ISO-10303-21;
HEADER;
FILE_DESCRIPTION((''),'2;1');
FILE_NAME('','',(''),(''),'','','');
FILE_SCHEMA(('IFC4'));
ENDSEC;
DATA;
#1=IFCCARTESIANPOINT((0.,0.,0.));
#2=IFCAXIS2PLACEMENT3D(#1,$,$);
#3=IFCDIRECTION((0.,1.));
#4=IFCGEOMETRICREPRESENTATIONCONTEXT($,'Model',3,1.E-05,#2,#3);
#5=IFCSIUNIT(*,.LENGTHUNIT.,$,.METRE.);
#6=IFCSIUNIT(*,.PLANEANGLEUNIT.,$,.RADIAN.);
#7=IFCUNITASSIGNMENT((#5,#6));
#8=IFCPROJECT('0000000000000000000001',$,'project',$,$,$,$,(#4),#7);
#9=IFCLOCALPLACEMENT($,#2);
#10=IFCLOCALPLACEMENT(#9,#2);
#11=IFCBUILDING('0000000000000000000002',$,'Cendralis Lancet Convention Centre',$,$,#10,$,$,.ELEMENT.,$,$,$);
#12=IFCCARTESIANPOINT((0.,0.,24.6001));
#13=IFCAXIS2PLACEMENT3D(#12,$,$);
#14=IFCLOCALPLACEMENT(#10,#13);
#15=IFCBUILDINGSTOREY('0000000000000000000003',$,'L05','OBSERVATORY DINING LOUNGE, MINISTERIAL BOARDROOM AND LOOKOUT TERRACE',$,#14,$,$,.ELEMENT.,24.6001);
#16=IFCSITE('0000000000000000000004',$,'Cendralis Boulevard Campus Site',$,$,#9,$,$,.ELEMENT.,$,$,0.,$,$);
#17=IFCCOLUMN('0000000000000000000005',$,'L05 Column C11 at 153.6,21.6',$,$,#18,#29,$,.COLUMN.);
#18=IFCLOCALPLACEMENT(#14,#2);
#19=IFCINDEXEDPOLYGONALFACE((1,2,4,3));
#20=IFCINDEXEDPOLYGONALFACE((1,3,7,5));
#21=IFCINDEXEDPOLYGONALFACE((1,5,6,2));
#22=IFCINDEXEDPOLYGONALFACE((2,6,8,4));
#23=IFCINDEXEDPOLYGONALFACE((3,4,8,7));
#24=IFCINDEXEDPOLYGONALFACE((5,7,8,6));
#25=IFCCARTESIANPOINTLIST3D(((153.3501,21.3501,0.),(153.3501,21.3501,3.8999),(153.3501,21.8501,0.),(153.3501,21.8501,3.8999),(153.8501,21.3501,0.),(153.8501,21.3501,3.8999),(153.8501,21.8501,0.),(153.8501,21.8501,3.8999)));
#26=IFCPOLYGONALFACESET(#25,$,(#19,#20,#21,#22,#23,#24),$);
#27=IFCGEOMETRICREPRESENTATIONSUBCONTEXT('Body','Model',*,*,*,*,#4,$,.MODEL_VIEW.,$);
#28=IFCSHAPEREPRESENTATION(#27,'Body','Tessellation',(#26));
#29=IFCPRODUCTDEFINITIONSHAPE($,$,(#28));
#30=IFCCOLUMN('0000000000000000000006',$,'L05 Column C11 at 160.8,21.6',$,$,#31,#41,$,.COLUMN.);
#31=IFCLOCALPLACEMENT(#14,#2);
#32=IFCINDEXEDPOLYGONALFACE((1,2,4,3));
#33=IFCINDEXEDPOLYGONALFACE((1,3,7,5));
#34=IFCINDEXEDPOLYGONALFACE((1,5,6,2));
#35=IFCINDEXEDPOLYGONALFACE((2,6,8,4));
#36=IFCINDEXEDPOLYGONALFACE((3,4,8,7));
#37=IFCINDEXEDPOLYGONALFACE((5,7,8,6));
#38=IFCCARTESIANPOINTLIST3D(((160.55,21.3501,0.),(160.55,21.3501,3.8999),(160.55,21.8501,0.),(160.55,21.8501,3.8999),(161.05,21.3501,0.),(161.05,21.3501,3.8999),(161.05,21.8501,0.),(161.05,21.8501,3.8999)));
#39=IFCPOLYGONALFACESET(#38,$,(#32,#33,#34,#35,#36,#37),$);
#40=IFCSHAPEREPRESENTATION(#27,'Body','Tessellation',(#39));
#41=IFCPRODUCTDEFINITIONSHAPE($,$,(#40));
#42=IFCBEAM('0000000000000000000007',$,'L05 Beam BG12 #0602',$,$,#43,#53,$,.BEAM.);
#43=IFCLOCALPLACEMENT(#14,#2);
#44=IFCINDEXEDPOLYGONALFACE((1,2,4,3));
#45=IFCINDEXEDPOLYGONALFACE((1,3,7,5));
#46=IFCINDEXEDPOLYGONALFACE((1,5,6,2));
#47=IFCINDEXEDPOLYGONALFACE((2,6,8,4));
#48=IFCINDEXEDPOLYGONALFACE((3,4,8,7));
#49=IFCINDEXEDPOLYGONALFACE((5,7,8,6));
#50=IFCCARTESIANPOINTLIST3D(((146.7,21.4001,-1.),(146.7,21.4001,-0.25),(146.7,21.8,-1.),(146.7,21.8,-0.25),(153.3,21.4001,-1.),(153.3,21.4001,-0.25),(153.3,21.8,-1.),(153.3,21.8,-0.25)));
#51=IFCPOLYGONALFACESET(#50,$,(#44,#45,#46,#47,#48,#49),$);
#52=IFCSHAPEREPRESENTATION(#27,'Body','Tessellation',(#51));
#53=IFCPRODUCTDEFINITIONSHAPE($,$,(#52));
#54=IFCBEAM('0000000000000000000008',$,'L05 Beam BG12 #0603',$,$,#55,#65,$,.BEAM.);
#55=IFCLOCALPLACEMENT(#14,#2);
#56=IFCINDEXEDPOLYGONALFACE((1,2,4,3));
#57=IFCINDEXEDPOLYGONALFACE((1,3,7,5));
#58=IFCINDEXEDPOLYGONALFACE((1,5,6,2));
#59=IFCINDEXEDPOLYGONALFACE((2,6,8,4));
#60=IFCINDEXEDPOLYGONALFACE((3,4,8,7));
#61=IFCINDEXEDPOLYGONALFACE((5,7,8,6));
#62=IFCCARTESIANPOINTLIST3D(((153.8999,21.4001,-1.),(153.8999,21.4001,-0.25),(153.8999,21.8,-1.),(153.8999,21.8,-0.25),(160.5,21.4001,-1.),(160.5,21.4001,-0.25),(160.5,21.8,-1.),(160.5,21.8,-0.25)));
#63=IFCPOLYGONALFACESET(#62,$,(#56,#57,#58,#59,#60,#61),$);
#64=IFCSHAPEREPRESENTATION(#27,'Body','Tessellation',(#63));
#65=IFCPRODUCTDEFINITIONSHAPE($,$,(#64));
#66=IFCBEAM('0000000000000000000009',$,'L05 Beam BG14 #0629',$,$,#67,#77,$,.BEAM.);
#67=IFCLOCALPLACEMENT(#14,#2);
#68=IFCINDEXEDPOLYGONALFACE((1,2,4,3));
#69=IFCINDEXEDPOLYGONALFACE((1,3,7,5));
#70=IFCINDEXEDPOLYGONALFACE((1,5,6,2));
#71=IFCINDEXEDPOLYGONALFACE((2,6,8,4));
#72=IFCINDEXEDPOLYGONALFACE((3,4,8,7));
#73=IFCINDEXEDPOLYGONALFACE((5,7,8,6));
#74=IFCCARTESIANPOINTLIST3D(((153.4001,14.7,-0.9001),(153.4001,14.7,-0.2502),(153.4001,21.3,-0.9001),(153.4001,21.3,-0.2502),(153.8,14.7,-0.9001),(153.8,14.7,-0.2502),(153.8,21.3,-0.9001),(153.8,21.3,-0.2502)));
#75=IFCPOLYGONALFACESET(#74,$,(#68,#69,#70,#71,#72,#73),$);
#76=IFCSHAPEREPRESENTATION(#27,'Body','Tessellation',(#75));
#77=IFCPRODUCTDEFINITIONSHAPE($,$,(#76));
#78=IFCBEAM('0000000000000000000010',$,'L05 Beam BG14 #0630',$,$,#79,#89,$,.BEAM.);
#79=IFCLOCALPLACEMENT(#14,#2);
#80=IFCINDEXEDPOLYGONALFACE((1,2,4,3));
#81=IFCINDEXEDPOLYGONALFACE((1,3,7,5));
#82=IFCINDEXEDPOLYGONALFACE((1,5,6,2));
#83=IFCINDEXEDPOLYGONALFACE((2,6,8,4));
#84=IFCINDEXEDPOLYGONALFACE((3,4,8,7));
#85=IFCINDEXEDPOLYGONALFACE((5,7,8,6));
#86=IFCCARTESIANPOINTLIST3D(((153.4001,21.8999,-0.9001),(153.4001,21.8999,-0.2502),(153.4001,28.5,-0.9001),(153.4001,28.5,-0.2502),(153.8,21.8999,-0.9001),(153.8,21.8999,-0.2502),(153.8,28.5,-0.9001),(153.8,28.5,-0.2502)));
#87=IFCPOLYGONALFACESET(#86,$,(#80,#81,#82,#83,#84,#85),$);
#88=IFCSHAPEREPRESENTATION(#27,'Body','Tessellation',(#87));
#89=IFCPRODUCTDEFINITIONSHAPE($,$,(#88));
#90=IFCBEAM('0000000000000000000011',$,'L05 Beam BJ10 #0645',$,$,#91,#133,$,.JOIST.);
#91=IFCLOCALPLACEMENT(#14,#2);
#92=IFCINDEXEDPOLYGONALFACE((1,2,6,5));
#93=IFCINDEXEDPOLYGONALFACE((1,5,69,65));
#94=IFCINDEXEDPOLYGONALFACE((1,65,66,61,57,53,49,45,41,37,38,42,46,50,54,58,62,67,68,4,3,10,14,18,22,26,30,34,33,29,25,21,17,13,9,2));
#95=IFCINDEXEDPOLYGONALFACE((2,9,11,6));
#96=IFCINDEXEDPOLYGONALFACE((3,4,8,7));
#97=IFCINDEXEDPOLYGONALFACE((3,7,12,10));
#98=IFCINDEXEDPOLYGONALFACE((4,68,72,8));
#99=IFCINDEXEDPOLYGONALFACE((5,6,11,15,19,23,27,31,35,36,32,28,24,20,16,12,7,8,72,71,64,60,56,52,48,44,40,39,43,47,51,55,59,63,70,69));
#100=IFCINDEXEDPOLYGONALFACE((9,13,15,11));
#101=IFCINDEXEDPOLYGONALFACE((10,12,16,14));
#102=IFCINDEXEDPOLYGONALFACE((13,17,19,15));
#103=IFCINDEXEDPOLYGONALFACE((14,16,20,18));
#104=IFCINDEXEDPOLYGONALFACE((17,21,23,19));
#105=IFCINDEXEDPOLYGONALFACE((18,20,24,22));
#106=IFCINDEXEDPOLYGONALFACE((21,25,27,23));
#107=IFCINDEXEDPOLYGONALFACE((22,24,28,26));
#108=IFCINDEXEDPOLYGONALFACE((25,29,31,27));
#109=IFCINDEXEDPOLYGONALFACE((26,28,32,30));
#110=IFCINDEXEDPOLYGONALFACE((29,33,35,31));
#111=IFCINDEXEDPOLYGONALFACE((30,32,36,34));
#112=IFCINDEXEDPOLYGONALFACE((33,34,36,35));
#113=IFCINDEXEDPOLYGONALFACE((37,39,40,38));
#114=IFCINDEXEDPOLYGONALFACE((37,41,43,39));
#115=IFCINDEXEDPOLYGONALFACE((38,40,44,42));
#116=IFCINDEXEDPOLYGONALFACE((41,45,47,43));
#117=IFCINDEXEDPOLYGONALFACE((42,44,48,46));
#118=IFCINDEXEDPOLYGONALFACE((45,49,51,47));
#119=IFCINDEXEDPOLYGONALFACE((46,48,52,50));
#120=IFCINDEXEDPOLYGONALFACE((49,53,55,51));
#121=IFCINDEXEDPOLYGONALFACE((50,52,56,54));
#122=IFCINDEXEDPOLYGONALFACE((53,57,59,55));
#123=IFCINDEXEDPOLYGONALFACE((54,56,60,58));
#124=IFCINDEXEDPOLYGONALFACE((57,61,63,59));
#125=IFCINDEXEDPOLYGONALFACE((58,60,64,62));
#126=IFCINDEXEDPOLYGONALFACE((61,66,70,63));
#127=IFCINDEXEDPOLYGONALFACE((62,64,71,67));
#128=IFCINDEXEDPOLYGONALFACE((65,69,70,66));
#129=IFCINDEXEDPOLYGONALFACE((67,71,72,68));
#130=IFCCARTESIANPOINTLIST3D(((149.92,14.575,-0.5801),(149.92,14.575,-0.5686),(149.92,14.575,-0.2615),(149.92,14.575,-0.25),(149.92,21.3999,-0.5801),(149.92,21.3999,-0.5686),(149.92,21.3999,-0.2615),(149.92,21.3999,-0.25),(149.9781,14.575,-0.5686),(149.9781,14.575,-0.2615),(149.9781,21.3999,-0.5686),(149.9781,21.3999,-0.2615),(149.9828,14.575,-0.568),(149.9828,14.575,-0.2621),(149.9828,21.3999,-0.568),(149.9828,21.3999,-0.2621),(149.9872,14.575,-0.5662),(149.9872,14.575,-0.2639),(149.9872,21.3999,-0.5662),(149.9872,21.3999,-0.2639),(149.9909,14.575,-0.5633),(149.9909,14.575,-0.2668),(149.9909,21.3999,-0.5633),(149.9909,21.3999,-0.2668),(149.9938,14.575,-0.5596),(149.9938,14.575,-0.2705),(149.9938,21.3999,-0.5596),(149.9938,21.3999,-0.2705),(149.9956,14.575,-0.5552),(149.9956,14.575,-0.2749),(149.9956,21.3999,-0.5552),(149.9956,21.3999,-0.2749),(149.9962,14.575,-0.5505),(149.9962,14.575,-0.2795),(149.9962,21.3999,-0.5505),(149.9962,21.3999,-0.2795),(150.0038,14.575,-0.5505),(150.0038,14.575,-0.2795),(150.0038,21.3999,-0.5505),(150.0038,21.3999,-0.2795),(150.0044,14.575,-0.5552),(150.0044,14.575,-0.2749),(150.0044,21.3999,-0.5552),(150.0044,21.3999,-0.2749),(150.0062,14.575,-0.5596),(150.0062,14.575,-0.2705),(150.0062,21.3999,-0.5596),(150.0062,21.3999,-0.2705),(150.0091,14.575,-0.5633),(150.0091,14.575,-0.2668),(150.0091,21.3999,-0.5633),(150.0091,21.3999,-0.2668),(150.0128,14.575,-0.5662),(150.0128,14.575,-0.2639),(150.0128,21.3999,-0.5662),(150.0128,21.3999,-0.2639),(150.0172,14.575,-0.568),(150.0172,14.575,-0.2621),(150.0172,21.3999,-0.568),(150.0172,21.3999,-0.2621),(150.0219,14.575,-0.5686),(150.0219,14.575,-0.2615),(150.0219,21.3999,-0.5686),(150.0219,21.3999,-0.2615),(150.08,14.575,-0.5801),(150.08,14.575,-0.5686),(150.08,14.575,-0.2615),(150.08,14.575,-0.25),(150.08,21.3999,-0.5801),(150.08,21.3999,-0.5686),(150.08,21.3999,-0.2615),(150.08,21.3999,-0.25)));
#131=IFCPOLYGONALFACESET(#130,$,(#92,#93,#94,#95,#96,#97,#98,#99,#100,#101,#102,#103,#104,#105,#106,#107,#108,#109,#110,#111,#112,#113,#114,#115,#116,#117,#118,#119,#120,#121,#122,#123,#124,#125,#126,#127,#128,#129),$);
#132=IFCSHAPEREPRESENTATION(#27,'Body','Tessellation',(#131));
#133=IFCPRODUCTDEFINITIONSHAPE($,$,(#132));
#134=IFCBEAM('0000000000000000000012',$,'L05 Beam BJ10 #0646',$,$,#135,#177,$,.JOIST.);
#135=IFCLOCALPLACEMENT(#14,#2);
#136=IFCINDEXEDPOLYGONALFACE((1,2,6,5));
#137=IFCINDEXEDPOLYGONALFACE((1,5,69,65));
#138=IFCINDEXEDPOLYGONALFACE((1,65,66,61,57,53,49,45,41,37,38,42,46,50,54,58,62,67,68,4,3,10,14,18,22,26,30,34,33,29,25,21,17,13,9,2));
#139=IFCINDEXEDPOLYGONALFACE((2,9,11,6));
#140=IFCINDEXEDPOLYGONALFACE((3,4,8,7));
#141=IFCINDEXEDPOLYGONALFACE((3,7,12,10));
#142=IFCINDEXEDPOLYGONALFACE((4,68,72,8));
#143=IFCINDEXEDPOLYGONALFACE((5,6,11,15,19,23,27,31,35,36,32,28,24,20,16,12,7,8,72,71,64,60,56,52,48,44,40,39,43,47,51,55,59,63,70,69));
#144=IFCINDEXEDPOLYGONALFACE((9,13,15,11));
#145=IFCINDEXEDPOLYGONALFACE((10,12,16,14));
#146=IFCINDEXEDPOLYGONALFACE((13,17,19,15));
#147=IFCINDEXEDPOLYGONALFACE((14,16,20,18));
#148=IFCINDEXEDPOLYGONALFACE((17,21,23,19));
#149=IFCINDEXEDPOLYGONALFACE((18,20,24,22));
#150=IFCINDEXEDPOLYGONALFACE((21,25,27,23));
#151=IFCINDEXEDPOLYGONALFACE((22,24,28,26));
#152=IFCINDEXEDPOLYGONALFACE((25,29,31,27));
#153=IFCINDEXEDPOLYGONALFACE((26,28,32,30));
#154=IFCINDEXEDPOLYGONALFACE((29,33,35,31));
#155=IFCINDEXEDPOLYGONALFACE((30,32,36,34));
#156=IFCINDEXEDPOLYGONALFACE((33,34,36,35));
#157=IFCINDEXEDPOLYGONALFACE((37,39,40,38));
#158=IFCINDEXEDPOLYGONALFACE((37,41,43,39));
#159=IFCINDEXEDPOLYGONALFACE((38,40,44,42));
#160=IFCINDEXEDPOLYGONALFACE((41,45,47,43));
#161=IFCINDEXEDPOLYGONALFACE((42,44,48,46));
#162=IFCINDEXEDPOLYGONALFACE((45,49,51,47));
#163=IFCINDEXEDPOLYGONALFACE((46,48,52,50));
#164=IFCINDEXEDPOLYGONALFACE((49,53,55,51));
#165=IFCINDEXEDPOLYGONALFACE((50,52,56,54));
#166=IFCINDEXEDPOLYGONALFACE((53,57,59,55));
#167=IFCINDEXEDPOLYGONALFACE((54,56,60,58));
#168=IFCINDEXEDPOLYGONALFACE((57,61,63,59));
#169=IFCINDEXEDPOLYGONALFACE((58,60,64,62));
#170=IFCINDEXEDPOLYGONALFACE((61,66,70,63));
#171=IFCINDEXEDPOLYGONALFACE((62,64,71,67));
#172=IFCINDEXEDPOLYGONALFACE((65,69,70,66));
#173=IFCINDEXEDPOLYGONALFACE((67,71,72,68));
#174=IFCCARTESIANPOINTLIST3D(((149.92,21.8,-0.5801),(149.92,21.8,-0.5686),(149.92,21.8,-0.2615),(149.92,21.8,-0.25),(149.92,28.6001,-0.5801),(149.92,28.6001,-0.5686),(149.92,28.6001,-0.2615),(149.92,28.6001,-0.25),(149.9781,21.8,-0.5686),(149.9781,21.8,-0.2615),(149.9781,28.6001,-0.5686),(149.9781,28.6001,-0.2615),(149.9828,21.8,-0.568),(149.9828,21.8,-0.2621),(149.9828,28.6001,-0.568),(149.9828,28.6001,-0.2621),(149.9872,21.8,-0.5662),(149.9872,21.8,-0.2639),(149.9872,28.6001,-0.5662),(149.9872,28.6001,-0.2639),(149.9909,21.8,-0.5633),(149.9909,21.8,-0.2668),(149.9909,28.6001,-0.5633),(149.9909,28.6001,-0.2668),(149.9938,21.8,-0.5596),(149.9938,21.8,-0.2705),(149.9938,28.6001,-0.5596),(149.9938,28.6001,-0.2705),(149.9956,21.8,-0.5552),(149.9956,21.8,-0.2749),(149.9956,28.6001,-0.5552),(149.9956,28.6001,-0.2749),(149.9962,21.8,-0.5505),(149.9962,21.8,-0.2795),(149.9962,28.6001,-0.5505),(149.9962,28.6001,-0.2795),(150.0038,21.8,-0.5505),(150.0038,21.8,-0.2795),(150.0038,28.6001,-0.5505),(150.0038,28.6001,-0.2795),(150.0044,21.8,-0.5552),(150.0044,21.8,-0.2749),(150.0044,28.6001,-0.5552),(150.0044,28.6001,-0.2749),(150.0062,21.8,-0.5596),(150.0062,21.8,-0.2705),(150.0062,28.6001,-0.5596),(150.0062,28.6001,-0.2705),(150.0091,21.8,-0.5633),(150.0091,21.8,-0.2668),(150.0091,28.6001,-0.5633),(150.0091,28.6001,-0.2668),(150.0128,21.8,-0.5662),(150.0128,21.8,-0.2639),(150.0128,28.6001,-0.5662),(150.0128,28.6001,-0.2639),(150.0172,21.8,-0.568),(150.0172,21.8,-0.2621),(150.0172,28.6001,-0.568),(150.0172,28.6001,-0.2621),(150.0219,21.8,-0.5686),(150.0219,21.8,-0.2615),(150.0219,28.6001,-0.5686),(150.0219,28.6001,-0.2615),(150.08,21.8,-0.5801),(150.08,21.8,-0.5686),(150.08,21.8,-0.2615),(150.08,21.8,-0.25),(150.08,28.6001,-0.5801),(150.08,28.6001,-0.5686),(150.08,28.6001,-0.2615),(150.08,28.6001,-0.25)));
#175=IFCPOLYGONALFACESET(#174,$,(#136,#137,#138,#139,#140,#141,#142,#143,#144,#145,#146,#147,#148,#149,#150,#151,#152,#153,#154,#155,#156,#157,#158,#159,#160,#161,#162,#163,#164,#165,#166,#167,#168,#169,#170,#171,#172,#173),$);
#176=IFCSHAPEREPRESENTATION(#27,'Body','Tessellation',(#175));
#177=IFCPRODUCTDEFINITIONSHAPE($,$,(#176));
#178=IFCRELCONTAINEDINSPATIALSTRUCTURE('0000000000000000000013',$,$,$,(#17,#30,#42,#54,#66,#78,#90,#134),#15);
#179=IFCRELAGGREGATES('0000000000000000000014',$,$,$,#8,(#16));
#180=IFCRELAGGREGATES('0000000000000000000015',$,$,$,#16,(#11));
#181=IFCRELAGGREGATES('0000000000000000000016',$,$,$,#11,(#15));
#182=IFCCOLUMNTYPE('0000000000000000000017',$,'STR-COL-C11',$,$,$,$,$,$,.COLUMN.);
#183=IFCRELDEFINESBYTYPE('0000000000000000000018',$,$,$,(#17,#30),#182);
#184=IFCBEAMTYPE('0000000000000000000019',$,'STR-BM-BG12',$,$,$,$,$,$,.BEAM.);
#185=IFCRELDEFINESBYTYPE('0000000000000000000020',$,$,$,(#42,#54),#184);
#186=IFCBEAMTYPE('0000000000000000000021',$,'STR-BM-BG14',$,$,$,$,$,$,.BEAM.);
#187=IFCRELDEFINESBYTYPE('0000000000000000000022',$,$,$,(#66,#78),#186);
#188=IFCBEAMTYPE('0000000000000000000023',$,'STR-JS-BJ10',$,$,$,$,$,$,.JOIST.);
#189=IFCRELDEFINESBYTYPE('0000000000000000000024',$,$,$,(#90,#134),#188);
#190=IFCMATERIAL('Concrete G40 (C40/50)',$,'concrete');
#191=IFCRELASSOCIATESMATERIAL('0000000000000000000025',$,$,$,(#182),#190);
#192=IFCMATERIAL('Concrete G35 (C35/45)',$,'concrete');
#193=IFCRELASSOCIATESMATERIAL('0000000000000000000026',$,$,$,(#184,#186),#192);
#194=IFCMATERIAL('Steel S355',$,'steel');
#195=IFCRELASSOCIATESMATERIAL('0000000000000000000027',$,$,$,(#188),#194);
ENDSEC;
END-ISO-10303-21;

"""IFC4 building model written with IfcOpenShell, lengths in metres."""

from ifc_helpers import new_model, si_unit, direction, frame, origin, origin_2d, place, context, subcontext, project, spatial, rectangle, i_section, extrude, material, material_profile, profile_set, type_object, element, save


model = new_model("IFC4")

# Units and contexts
model_context = context("Model", 3, precision=1e-05, world=origin(), true_north=direction((0.0, 1.0)))
body_context = subcontext(model_context, "Body", "Model", "MODEL_VIEW")
ifc_project = project(units=[si_unit("LENGTHUNIT", "METRE"), si_unit("PLANEANGLEUNIT", "RADIAN")], contexts=[model_context])

# Site, building, storey
site_placement = place(None, origin())
site = spatial("IfcSite", under=ifc_project, at=site_placement, Name="Cendralis Boulevard Campus Site", CompositionType="ELEMENT", RefElevation=0.0)
building_placement = place(site_placement, origin())
building = spatial("IfcBuilding", under=site, at=building_placement, Name="Cendralis Lancet Convention Centre", CompositionType="ELEMENT")
storey_placement = place(building_placement, frame((0.0, 0.0, 24.6001)))
storey = spatial("IfcBuildingStorey", under=building, at=storey_placement, Name="L05", Description="OBSERVATORY DINING LOUNGE, MINISTERIAL BOARDROOM AND LOOKOUT TERRACE", CompositionType="ELEMENT", Elevation=24.6001)

# Columns
ifc_material_1 = material(Name="Concrete G40 (C40/50)", Category="concrete")
ifc_material_profile_1 = material_profile(ifc_material_1, rectangle(XDim=0.5, YDim=0.5, at=origin_2d()), Name="RC 500x500")
ifc_profile_set_1 = profile_set([ifc_material_profile_1], Name="Concrete G40 (C40/50)")
column_type = type_object("IfcColumnType", Name="STR-COL-C11", PredefinedType="COLUMN", material=ifc_profile_set_1)
for number, where, z_axis, x_axis, name in (
    (1, (153.6001, 21.6001, 0.0), (0.0, 0.0, 1.0), (1.0, 0.0, 0.0), "L05 Column C11 at 153.6,21.6"),
    (2, (160.8, 21.6001, 0.0), (0.0, 0.0, 1.0), (1.0, 0.0, 0.0), "L05 Column C11 at 160.8,21.6"),
):
    element("IfcColumn", number, at=place(storey_placement, frame(where, z_axis=z_axis, x_axis=x_axis)), inside=storey, type_object=column_type, Name=name, PredefinedType="COLUMN", context=body_context, shape_type="SweptSolid", body=[
        extrude(rectangle(XDim=0.5, YDim=0.5, at=origin_2d()), origin(), (0.0, 0.0, 1.0), 3.8999),
    ])

# Beams
ifc_material_2 = material(Name="Concrete G35 (C35/45)", Category="concrete")
ifc_material_profile_2 = material_profile(ifc_material_2, rectangle(XDim=0.3999, YDim=0.75, at=origin_2d()), Name="RCB 400x750")
ifc_profile_set_2 = profile_set([ifc_material_profile_2], Name="Concrete G35 (C35/45)")
beam_type_1 = type_object("IfcBeamType", Name="STR-BM-BG12", PredefinedType="BEAM", material=ifc_profile_set_2)
for number, where, z_axis, x_axis, name in (
    (3, (146.7, 21.6001, -0.625), (1.0, 0.0, 0.0), (0.0, 1.0, 0.0), "L05 Beam BG12 #0602"),
    (4, (153.8999, 21.6001, -0.625), (1.0, 0.0, 0.0), (0.0, 1.0, 0.0), "L05 Beam BG12 #0603"),
):
    element("IfcBeam", number, at=place(storey_placement, frame(where, z_axis=z_axis, x_axis=x_axis)), inside=storey, type_object=beam_type_1, Name=name, PredefinedType="BEAM", context=body_context, shape_type="SweptSolid", body=[
        extrude(rectangle(XDim=0.3999, YDim=0.75, at=origin_2d()), origin(), (0.0, 0.0, 1.0), 6.6001),
    ])
ifc_material_profile_3 = material_profile(ifc_material_2, rectangle(XDim=0.3999, YDim=0.6499, at=origin_2d()), Name="RCB 400x650")
ifc_profile_set_3 = profile_set([ifc_material_profile_3], Name="Concrete G35 (C35/45)")
beam_type_2 = type_object("IfcBeamType", Name="STR-BM-BG14", PredefinedType="BEAM", material=ifc_profile_set_3)
for number, where, z_axis, x_axis, name in (
    (5, (153.6001, 14.7, -0.5752), (0.0, 1.0, 0.0), (-1.0, 0.0, 0.0), "L05 Beam BG14 #0629"),
    (6, (153.6001, 21.8999, -0.5752), (0.0, 1.0, 0.0), (-1.0, 0.0, 0.0), "L05 Beam BG14 #0630"),
):
    element("IfcBeam", number, at=place(storey_placement, frame(where, z_axis=z_axis, x_axis=x_axis)), inside=storey, type_object=beam_type_2, Name=name, PredefinedType="BEAM", context=body_context, shape_type="SweptSolid", body=[
        extrude(rectangle(XDim=0.3999, YDim=0.6499, at=origin_2d()), origin(), (0.0, 0.0, 1.0), 6.6001),
    ])
ifc_material_3 = material(Name="Steel S355", Category="steel")
ifc_material_profile_4 = material_profile(ifc_material_3, i_section(OverallWidth=0.1599, OverallDepth=0.3301, WebThickness=0.0076, FlangeThickness=0.0115, FilletRadius=0.0181, at=origin_2d()), Name="IPE 330")
ifc_profile_set_4 = profile_set([ifc_material_profile_4], Name="Steel S355")
beam_type_3 = type_object("IfcBeamType", Name="STR-JS-BJ10", PredefinedType="JOIST", material=ifc_profile_set_4)
beam_1_placement = place(storey_placement, frame((150.0, 14.575, -0.415), z_axis=(0.0, 1.0, 0.0), x_axis=(-1.0, 0.0, 0.0)))
element("IfcBeam", 7, at=beam_1_placement, inside=storey, type_object=beam_type_3, Name="L05 Beam BJ10 #0645", PredefinedType="JOIST", context=body_context, shape_type="SweptSolid", body=[
    extrude(i_section(OverallWidth=0.1599, OverallDepth=0.3301, WebThickness=0.0076, FlangeThickness=0.0115, FilletRadius=0.0181, at=origin_2d()), origin(), (0.0, 0.0, 1.0), 6.825),
])
beam_2_placement = place(storey_placement, frame((150.0, 21.8, -0.415), z_axis=(0.0, 1.0, 0.0), x_axis=(-1.0, 0.0, 0.0)))
element("IfcBeam", 8, at=beam_2_placement, inside=storey, type_object=beam_type_3, Name="L05 Beam BJ10 #0646", PredefinedType="JOIST", context=body_context, shape_type="SweptSolid", body=[
    extrude(i_section(OverallWidth=0.1599, OverallDepth=0.3301, WebThickness=0.0076, FlangeThickness=0.0115, FilletRadius=0.0181, at=origin_2d()), origin(), (0.0, 0.0, 1.0), 6.8),
])

save(model, "model.ifc")
